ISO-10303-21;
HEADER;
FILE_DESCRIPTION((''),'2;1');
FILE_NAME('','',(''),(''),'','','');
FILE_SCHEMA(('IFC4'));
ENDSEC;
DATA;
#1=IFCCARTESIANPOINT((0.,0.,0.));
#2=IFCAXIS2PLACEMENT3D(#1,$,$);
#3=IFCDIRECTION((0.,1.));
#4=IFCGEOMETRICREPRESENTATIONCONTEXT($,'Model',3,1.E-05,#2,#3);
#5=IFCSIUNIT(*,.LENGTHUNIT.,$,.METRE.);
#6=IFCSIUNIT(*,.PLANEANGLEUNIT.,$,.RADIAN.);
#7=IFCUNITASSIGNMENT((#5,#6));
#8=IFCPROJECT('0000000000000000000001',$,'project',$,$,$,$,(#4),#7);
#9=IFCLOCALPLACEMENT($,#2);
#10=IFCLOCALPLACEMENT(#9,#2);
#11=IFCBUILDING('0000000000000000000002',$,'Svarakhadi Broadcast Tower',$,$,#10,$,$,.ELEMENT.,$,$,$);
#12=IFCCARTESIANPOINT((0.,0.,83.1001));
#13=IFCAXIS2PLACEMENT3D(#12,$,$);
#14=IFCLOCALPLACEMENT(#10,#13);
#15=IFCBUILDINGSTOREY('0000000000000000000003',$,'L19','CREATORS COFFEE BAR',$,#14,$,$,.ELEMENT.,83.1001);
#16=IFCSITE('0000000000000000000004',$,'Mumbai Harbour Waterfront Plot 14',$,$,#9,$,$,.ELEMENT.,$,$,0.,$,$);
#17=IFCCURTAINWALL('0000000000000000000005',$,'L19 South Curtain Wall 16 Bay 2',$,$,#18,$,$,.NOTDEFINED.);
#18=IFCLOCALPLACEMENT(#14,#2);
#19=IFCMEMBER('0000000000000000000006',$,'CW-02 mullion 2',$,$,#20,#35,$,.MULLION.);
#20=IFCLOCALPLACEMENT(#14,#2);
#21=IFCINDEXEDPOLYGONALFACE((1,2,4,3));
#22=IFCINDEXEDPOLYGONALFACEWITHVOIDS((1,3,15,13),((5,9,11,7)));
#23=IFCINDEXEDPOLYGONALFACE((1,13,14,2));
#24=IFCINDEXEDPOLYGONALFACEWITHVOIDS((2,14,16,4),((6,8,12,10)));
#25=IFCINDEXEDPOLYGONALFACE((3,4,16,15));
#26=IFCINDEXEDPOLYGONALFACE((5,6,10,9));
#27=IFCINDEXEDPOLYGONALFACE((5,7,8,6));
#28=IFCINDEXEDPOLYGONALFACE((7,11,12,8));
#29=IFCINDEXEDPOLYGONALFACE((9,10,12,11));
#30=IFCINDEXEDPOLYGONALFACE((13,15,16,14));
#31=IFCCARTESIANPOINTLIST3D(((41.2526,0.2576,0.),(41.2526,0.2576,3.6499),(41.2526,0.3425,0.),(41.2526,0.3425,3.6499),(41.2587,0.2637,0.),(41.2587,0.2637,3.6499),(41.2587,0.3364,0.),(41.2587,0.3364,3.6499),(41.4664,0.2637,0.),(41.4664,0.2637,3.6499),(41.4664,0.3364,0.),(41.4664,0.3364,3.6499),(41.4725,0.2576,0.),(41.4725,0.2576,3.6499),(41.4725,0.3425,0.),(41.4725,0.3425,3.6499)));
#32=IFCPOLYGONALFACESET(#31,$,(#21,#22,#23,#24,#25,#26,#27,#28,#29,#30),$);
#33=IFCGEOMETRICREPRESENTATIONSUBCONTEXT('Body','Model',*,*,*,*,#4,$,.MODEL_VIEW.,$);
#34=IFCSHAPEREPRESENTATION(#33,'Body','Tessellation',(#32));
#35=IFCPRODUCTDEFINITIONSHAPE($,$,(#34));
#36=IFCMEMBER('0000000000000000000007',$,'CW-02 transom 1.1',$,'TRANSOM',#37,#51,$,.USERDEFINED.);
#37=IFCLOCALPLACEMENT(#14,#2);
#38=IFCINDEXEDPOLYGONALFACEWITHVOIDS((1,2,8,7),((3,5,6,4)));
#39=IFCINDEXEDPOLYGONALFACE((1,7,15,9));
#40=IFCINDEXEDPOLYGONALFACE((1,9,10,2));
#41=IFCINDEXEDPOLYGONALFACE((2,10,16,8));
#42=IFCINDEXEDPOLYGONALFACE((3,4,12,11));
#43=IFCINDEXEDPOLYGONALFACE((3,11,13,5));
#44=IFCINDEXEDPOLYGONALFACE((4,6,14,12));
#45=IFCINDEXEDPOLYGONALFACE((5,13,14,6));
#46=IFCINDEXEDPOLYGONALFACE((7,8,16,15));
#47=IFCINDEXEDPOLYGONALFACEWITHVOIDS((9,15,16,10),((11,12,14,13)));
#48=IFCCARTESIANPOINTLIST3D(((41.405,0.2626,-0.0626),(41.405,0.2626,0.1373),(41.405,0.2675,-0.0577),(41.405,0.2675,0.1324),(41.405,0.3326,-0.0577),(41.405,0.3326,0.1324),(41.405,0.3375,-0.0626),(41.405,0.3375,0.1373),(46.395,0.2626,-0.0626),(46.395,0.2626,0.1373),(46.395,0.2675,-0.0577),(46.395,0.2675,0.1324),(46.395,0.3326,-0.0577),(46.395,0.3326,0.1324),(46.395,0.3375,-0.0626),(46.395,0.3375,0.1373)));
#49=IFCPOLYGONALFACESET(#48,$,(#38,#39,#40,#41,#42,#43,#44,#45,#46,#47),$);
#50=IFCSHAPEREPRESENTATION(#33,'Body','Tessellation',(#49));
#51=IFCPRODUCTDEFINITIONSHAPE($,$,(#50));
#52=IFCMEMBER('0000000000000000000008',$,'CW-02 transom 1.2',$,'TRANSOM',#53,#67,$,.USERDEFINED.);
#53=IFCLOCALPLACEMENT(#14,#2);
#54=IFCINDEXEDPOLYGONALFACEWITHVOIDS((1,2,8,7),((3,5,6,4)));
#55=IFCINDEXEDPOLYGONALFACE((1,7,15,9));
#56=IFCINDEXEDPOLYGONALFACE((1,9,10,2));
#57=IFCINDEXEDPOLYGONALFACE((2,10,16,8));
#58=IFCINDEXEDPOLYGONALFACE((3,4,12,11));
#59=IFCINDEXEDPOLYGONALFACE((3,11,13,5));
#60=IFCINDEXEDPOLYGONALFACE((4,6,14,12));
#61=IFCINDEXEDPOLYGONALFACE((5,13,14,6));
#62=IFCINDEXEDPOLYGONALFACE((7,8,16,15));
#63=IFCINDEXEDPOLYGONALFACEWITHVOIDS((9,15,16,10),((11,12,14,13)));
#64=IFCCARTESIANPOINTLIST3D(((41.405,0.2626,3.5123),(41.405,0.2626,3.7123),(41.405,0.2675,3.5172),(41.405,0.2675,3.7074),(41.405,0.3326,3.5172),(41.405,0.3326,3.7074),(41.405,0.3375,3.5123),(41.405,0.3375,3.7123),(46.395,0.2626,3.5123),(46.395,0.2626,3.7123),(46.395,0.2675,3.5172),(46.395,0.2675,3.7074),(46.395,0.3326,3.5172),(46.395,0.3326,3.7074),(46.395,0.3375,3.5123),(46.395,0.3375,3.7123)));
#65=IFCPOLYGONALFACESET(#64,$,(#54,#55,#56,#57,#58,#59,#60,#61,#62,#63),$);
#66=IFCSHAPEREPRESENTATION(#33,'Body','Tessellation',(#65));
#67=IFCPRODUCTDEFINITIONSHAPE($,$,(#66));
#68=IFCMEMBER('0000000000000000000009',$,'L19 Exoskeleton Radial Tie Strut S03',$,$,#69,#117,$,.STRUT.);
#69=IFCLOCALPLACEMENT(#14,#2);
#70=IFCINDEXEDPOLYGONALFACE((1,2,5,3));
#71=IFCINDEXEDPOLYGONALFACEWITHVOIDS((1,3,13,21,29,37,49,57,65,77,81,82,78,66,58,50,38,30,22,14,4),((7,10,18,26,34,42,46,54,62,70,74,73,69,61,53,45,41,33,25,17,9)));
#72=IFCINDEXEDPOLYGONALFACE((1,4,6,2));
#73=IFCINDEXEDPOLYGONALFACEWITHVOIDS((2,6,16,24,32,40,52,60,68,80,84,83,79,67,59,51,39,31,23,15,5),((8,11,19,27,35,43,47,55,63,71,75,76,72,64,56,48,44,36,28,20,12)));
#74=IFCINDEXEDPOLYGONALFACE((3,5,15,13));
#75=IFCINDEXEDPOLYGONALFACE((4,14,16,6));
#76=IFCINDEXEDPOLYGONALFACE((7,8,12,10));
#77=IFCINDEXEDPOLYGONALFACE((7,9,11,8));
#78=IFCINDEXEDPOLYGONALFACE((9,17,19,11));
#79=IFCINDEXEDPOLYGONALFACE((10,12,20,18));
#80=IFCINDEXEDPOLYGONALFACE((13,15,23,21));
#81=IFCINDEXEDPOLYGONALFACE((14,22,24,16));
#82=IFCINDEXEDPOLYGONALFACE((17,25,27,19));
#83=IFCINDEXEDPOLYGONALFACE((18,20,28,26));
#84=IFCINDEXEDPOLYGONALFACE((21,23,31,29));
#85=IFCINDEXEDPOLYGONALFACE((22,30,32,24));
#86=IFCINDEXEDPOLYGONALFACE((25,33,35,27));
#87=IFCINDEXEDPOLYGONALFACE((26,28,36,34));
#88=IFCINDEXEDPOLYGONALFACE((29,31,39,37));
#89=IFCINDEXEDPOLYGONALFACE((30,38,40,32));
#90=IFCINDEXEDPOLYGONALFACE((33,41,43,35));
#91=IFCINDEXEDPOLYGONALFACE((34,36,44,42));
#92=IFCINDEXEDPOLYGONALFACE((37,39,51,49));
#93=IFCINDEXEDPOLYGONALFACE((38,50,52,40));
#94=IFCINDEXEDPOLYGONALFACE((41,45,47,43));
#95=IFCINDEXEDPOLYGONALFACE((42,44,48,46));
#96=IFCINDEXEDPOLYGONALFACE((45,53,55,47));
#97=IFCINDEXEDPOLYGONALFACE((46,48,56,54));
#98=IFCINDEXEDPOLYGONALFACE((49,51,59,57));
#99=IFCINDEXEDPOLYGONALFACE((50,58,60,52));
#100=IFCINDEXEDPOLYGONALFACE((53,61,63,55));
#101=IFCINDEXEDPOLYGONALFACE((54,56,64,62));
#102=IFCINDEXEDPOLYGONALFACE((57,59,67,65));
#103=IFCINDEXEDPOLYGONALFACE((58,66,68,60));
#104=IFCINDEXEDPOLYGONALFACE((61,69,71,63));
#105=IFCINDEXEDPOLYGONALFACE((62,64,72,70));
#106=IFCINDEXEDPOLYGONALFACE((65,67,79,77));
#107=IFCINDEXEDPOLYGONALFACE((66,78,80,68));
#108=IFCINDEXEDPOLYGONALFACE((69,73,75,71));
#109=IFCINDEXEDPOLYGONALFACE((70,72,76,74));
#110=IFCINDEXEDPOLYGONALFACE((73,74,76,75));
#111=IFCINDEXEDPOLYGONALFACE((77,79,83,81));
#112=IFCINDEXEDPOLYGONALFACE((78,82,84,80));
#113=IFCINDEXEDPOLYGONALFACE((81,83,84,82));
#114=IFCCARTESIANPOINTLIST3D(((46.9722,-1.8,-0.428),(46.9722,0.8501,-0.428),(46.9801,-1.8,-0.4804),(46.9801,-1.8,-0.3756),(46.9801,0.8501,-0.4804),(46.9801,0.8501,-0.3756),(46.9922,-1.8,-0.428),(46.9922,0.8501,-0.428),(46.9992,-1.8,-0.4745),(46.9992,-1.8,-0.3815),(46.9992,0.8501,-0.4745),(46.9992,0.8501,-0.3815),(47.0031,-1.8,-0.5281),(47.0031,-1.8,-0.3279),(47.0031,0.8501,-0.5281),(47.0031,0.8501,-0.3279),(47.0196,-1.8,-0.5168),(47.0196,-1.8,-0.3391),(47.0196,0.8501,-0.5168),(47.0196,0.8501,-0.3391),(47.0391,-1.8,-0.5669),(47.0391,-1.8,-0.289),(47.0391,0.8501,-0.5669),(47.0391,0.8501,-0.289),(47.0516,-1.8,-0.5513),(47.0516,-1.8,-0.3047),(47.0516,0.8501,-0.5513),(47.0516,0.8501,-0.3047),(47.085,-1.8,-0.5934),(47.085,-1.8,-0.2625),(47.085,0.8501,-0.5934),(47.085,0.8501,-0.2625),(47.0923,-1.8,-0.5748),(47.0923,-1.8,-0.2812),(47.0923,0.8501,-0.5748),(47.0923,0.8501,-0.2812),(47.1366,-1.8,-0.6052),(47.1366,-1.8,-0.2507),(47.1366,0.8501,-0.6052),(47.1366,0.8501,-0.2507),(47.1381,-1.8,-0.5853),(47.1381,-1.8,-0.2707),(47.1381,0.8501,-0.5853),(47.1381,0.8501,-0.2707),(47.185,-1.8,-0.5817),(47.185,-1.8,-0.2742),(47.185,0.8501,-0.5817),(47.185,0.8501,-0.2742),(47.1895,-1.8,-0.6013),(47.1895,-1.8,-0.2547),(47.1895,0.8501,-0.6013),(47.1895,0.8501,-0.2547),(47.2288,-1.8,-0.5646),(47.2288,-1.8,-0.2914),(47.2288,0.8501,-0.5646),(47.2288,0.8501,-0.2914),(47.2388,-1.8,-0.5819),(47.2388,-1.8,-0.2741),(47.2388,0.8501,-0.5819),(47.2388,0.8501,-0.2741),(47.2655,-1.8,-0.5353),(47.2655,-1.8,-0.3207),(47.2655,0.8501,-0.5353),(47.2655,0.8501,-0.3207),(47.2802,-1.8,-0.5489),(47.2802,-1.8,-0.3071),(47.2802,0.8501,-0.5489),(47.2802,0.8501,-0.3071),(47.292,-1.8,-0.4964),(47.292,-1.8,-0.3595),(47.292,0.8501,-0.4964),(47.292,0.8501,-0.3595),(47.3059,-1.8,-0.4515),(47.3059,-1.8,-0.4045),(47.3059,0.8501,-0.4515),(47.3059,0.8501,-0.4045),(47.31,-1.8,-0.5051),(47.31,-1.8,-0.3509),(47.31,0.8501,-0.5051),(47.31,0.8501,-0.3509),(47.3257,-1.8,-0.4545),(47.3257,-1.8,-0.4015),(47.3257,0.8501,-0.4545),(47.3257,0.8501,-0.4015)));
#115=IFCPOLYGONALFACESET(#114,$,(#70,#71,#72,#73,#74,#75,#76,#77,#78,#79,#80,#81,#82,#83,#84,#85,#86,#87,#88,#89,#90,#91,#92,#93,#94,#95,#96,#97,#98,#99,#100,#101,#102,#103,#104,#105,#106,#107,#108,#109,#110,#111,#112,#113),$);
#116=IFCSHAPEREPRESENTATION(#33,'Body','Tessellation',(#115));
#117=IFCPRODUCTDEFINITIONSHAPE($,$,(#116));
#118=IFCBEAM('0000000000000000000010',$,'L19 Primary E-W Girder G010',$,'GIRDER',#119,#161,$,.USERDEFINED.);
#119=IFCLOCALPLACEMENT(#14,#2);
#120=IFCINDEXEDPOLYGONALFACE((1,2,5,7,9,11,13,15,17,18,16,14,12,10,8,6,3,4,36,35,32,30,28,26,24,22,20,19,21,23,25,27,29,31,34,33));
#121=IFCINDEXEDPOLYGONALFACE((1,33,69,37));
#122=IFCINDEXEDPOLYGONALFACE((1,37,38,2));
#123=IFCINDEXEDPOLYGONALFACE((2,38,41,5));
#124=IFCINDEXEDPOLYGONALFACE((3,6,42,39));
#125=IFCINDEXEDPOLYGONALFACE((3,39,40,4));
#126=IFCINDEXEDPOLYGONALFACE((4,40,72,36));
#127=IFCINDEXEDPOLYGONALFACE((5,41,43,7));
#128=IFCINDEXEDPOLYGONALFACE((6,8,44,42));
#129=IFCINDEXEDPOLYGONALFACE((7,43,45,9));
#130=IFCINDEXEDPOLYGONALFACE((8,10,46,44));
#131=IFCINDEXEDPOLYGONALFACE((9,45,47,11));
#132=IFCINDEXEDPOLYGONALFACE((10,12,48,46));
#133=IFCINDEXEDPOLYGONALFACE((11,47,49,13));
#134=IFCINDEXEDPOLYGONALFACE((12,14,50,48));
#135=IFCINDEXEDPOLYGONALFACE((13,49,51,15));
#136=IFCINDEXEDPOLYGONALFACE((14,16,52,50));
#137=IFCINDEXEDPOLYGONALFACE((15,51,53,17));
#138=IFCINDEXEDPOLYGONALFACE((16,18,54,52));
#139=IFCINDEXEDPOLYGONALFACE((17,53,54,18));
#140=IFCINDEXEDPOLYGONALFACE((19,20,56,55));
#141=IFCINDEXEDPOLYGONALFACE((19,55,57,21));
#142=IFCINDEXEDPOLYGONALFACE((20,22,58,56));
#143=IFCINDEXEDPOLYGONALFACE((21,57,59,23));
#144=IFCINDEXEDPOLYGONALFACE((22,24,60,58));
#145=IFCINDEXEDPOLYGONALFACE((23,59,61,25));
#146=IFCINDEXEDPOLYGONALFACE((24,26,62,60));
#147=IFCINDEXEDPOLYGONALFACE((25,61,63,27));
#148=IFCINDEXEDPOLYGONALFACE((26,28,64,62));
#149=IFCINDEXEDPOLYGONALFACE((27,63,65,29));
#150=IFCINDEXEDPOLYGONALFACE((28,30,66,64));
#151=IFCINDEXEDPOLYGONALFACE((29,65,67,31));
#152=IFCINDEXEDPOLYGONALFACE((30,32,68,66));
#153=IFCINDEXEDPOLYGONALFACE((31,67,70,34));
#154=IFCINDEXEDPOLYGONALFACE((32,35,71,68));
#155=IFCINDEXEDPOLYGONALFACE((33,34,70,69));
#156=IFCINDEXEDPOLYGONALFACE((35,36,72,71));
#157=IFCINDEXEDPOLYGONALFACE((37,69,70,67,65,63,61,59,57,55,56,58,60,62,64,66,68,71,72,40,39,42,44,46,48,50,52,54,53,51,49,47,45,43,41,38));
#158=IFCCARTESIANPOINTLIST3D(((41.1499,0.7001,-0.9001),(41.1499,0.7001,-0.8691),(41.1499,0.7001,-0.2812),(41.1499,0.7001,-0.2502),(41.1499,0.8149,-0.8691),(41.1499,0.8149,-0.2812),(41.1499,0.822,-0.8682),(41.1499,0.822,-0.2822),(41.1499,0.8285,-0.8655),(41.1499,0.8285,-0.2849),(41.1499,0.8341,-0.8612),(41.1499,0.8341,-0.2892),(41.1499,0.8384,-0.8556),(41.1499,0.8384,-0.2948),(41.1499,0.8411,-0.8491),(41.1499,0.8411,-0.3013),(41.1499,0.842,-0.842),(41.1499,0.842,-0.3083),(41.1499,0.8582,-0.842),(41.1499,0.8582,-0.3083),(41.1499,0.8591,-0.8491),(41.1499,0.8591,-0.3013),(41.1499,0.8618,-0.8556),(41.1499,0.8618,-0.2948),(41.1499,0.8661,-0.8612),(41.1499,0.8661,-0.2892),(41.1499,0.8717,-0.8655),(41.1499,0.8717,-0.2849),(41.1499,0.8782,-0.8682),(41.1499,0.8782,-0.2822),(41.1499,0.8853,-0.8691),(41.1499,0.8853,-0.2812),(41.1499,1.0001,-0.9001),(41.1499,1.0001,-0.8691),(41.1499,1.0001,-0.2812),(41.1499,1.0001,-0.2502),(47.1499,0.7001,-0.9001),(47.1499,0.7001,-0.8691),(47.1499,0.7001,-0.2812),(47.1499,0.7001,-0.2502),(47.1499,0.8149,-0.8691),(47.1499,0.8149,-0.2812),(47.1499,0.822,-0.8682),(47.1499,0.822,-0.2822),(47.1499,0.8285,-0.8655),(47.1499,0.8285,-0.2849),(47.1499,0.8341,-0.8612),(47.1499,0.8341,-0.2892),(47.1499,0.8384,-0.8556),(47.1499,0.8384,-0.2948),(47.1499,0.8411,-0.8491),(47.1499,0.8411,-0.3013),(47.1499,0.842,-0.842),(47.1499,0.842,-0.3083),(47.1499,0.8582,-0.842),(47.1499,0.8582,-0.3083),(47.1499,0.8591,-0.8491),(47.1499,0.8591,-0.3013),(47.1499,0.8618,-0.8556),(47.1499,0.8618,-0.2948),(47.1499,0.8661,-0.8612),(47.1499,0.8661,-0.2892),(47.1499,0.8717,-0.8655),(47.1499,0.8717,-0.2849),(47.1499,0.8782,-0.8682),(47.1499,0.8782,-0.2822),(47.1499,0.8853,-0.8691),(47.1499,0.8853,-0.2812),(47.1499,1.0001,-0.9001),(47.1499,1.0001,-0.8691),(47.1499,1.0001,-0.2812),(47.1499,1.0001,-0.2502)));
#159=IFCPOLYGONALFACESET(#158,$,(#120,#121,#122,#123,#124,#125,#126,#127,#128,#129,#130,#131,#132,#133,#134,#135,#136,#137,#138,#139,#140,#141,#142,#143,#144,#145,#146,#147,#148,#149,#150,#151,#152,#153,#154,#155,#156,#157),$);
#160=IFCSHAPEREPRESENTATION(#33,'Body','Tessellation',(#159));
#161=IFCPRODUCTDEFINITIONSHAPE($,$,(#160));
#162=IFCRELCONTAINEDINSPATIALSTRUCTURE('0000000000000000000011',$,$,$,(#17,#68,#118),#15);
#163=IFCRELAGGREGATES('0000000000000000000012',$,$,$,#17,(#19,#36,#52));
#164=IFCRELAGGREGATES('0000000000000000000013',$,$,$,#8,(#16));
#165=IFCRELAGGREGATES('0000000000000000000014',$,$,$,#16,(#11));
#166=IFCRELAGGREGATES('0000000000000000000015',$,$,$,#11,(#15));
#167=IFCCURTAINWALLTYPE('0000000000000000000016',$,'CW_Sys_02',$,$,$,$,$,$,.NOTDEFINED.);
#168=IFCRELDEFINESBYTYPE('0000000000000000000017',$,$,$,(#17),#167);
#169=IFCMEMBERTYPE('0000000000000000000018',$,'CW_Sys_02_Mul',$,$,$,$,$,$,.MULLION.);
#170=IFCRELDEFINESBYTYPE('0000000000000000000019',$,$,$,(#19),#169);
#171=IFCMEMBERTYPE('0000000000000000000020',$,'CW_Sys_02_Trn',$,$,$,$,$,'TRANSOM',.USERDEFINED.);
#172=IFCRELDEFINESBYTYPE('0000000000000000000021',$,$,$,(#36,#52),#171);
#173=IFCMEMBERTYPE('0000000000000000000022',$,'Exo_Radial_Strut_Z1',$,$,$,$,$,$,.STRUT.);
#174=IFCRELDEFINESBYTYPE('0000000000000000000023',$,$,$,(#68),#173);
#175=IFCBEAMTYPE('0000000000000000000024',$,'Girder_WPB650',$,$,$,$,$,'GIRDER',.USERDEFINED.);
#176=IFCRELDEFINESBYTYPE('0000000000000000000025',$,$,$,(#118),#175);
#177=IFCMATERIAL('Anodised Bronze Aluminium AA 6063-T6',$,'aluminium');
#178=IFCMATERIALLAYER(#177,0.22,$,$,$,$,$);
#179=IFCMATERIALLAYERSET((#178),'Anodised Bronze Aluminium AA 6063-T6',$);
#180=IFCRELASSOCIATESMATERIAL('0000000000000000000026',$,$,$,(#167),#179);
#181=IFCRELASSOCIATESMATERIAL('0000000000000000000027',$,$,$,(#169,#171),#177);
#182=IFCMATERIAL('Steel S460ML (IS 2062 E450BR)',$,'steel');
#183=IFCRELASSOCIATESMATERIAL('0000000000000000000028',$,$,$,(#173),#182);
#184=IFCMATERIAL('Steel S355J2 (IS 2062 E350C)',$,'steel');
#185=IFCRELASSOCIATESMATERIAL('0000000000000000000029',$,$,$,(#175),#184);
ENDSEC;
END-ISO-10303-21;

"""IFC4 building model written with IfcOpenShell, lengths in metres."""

from ifc_helpers import new_model, si_unit, direction, frame, origin, origin_2d, place, context, subcontext, project, spatial, hollow_rectangle, hollow_circle, i_section, extrude, material, layer, layer_set, material_profile, profile_set, type_object, element, aggregate, save


model = new_model("IFC4")

# Units and contexts
model_context = context("Model", 3, precision=1e-05, world=origin(), true_north=direction((0.0, 1.0)))
body_context = subcontext(model_context, "Body", "Model", "MODEL_VIEW")
ifc_project = project(units=[si_unit("LENGTHUNIT", "METRE"), si_unit("PLANEANGLEUNIT", "RADIAN")], contexts=[model_context])

# Site, building, storey
site_placement = place(None, origin())
site = spatial("IfcSite", under=ifc_project, at=site_placement, Name="Mumbai Harbour Waterfront Plot 14", CompositionType="ELEMENT", RefElevation=0.0)
building_placement = place(site_placement, origin())
building = spatial("IfcBuilding", under=site, at=building_placement, Name="Svarakhadi Broadcast Tower", CompositionType="ELEMENT")
storey_placement = place(building_placement, frame((0.0, 0.0, 83.1001)))
storey = spatial("IfcBuildingStorey", under=building, at=storey_placement, Name="L19", Description="CREATORS COFFEE BAR", CompositionType="ELEMENT", Elevation=83.1001)

# Shared definitions
ifc_material_1 = material(Name="Steel S460ML (IS 2062 E450BR)", Category="steel")

# Shared definitions
ifc_material_2 = material(Name="Steel S355J2 (IS 2062 E350C)", Category="steel")

# Curtain wall, members
ifc_material_3 = material(Name="Anodised Bronze Aluminium AA 6063-T6", Category="aluminium")
ifc_layer_1 = layer(ifc_material_3, 0.22)
ifc_layer_set_1 = layer_set([ifc_layer_1], Name="Anodised Bronze Aluminium AA 6063-T6")
curtain_wall_type = type_object("IfcCurtainWallType", Name="CW_Sys_02", PredefinedType="NOTDEFINED", material=ifc_layer_set_1)
curtain_wall_placement = place(storey_placement, origin())
curtain_wall = element("IfcCurtainWall", 1, at=curtain_wall_placement, inside=storey, type_object=curtain_wall_type, Name="L19 South Curtain Wall 16 Bay 2", PredefinedType="NOTDEFINED")
ifc_material_profile_1 = material_profile(ifc_material_3, hollow_rectangle(XDim=0.085, YDim=0.22, WallThickness=0.0061, at=origin_2d()), Name="ALU MULLION 220x85x6")
ifc_profile_set_1 = profile_set([ifc_material_profile_1], Name="Anodised Bronze Aluminium AA 6063-T6")
member_type_1 = type_object("IfcMemberType", Name="CW_Sys_02_Mul", PredefinedType="MULLION", material=ifc_profile_set_1)
member_1_placement = place(storey_placement, frame((41.3625, 0.3, 0.0), z_axis=(0.0, 0.0, 1.0), x_axis=(0.0, -1.0, 0.0)))
member_1 = element("IfcMember", 2, at=member_1_placement, type_object=member_type_1, Name="CW-02 mullion 2", PredefinedType="MULLION", context=body_context, shape_type="SweptSolid", body=[
    extrude(hollow_rectangle(XDim=0.085, YDim=0.22, WallThickness=0.0061, at=origin_2d()), origin(), (0.0, 0.0, 1.0), 3.6499),
])
ifc_material_profile_2 = material_profile(ifc_material_3, hollow_rectangle(XDim=0.075, YDim=0.2, WallThickness=0.0049, at=origin_2d()), Name="ALU TRANSOM 200x75x5")
ifc_profile_set_2 = profile_set([ifc_material_profile_2], Name="Anodised Bronze Aluminium AA 6063-T6")
member_type_2 = type_object("IfcMemberType", Name="CW_Sys_02_Trn", ElementType="TRANSOM", PredefinedType="USERDEFINED", material=ifc_profile_set_2)
member_2_placement = place(storey_placement, frame((46.395, 0.3, 0.0374), z_axis=(-1.0, 0.0, 0.0), x_axis=(0.0, -1.0, 0.0)))
member_2 = element("IfcMember", 3, at=member_2_placement, type_object=member_type_2, Name="CW-02 transom 1.1", ObjectType="TRANSOM", PredefinedType="USERDEFINED", context=body_context, shape_type="SweptSolid", body=[
    extrude(hollow_rectangle(XDim=0.075, YDim=0.2, WallThickness=0.0049, at=origin_2d()), origin(), (0.0, 0.0, 1.0), 4.99),
])
member_3_placement = place(storey_placement, frame((46.395, 0.3, 3.6123), z_axis=(-1.0, 0.0, 0.0), x_axis=(0.0, -1.0, 0.0)))
member_3 = element("IfcMember", 4, at=member_3_placement, type_object=member_type_2, Name="CW-02 transom 1.2", ObjectType="TRANSOM", PredefinedType="USERDEFINED", context=body_context, shape_type="SweptSolid", body=[
    extrude(hollow_rectangle(XDim=0.075, YDim=0.2, WallThickness=0.0049, at=origin_2d()), origin(), (0.0, 0.0, 1.0), 4.99),
])

# Member
ifc_material_profile_3 = material_profile(ifc_material_1, hollow_circle(Radius=0.1777, WallThickness=0.02, at=origin_2d()), Name="CHS 355.6x20")
ifc_profile_set_3 = profile_set([ifc_material_profile_3], Name="Steel S460ML (IS 2062 E450BR)")
member_type_3 = type_object("IfcMemberType", Name="Exo_Radial_Strut_Z1", PredefinedType="STRUT", material=ifc_profile_set_3)
member_4_placement = place(storey_placement, frame((47.1499, -1.8, -0.428), z_axis=(0.0, 1.0, 0.0), x_axis=(-1.0, 0.0, 0.0)))
element("IfcMember", 5, at=member_4_placement, inside=storey, type_object=member_type_3, Name="L19 Exoskeleton Radial Tie Strut S03", PredefinedType="STRUT", context=body_context, shape_type="SweptSolid", body=[
    extrude(hollow_circle(Radius=0.1777, WallThickness=0.02, at=origin_2d()), origin(), (0.0, 0.0, 1.0), 2.6501),
])

# Beam
ifc_material_profile_4 = material_profile(ifc_material_2, i_section(OverallWidth=0.3, OverallDepth=0.6499, WebThickness=0.0161, FlangeThickness=0.031, FilletRadius=0.0271, at=origin_2d()), Name="WPB 650x300x225")
ifc_profile_set_4 = profile_set([ifc_material_profile_4], Name="Steel S355J2 (IS 2062 E350C)")
beam_type_1 = type_object("IfcBeamType", Name="Girder_WPB650", ElementType="GIRDER", PredefinedType="USERDEFINED", material=ifc_profile_set_4)
for number, where, z_axis, x_axis, name in (
    (6, (41.1499, 0.8501, -0.5752), (1.0, 0.0, 0.0), (0.0, 1.0, 0.0), "L19 Primary E-W Girder G010"),
):
    element("IfcBeam", number, at=place(storey_placement, frame(where, z_axis=z_axis, x_axis=x_axis)), inside=storey, type_object=beam_type_1, Name=name, ObjectType="GIRDER", PredefinedType="USERDEFINED", context=body_context, shape_type="SweptSolid", body=[
        extrude(i_section(OverallWidth=0.3, OverallDepth=0.6499, WebThickness=0.0161, FlangeThickness=0.031, FilletRadius=0.0271, at=origin_2d()), origin(), (0.0, 0.0, 1.0), 6.0),
    ])

aggregate(curtain_wall, [member_1, member_2, member_3])

save(model, "model.ifc")
